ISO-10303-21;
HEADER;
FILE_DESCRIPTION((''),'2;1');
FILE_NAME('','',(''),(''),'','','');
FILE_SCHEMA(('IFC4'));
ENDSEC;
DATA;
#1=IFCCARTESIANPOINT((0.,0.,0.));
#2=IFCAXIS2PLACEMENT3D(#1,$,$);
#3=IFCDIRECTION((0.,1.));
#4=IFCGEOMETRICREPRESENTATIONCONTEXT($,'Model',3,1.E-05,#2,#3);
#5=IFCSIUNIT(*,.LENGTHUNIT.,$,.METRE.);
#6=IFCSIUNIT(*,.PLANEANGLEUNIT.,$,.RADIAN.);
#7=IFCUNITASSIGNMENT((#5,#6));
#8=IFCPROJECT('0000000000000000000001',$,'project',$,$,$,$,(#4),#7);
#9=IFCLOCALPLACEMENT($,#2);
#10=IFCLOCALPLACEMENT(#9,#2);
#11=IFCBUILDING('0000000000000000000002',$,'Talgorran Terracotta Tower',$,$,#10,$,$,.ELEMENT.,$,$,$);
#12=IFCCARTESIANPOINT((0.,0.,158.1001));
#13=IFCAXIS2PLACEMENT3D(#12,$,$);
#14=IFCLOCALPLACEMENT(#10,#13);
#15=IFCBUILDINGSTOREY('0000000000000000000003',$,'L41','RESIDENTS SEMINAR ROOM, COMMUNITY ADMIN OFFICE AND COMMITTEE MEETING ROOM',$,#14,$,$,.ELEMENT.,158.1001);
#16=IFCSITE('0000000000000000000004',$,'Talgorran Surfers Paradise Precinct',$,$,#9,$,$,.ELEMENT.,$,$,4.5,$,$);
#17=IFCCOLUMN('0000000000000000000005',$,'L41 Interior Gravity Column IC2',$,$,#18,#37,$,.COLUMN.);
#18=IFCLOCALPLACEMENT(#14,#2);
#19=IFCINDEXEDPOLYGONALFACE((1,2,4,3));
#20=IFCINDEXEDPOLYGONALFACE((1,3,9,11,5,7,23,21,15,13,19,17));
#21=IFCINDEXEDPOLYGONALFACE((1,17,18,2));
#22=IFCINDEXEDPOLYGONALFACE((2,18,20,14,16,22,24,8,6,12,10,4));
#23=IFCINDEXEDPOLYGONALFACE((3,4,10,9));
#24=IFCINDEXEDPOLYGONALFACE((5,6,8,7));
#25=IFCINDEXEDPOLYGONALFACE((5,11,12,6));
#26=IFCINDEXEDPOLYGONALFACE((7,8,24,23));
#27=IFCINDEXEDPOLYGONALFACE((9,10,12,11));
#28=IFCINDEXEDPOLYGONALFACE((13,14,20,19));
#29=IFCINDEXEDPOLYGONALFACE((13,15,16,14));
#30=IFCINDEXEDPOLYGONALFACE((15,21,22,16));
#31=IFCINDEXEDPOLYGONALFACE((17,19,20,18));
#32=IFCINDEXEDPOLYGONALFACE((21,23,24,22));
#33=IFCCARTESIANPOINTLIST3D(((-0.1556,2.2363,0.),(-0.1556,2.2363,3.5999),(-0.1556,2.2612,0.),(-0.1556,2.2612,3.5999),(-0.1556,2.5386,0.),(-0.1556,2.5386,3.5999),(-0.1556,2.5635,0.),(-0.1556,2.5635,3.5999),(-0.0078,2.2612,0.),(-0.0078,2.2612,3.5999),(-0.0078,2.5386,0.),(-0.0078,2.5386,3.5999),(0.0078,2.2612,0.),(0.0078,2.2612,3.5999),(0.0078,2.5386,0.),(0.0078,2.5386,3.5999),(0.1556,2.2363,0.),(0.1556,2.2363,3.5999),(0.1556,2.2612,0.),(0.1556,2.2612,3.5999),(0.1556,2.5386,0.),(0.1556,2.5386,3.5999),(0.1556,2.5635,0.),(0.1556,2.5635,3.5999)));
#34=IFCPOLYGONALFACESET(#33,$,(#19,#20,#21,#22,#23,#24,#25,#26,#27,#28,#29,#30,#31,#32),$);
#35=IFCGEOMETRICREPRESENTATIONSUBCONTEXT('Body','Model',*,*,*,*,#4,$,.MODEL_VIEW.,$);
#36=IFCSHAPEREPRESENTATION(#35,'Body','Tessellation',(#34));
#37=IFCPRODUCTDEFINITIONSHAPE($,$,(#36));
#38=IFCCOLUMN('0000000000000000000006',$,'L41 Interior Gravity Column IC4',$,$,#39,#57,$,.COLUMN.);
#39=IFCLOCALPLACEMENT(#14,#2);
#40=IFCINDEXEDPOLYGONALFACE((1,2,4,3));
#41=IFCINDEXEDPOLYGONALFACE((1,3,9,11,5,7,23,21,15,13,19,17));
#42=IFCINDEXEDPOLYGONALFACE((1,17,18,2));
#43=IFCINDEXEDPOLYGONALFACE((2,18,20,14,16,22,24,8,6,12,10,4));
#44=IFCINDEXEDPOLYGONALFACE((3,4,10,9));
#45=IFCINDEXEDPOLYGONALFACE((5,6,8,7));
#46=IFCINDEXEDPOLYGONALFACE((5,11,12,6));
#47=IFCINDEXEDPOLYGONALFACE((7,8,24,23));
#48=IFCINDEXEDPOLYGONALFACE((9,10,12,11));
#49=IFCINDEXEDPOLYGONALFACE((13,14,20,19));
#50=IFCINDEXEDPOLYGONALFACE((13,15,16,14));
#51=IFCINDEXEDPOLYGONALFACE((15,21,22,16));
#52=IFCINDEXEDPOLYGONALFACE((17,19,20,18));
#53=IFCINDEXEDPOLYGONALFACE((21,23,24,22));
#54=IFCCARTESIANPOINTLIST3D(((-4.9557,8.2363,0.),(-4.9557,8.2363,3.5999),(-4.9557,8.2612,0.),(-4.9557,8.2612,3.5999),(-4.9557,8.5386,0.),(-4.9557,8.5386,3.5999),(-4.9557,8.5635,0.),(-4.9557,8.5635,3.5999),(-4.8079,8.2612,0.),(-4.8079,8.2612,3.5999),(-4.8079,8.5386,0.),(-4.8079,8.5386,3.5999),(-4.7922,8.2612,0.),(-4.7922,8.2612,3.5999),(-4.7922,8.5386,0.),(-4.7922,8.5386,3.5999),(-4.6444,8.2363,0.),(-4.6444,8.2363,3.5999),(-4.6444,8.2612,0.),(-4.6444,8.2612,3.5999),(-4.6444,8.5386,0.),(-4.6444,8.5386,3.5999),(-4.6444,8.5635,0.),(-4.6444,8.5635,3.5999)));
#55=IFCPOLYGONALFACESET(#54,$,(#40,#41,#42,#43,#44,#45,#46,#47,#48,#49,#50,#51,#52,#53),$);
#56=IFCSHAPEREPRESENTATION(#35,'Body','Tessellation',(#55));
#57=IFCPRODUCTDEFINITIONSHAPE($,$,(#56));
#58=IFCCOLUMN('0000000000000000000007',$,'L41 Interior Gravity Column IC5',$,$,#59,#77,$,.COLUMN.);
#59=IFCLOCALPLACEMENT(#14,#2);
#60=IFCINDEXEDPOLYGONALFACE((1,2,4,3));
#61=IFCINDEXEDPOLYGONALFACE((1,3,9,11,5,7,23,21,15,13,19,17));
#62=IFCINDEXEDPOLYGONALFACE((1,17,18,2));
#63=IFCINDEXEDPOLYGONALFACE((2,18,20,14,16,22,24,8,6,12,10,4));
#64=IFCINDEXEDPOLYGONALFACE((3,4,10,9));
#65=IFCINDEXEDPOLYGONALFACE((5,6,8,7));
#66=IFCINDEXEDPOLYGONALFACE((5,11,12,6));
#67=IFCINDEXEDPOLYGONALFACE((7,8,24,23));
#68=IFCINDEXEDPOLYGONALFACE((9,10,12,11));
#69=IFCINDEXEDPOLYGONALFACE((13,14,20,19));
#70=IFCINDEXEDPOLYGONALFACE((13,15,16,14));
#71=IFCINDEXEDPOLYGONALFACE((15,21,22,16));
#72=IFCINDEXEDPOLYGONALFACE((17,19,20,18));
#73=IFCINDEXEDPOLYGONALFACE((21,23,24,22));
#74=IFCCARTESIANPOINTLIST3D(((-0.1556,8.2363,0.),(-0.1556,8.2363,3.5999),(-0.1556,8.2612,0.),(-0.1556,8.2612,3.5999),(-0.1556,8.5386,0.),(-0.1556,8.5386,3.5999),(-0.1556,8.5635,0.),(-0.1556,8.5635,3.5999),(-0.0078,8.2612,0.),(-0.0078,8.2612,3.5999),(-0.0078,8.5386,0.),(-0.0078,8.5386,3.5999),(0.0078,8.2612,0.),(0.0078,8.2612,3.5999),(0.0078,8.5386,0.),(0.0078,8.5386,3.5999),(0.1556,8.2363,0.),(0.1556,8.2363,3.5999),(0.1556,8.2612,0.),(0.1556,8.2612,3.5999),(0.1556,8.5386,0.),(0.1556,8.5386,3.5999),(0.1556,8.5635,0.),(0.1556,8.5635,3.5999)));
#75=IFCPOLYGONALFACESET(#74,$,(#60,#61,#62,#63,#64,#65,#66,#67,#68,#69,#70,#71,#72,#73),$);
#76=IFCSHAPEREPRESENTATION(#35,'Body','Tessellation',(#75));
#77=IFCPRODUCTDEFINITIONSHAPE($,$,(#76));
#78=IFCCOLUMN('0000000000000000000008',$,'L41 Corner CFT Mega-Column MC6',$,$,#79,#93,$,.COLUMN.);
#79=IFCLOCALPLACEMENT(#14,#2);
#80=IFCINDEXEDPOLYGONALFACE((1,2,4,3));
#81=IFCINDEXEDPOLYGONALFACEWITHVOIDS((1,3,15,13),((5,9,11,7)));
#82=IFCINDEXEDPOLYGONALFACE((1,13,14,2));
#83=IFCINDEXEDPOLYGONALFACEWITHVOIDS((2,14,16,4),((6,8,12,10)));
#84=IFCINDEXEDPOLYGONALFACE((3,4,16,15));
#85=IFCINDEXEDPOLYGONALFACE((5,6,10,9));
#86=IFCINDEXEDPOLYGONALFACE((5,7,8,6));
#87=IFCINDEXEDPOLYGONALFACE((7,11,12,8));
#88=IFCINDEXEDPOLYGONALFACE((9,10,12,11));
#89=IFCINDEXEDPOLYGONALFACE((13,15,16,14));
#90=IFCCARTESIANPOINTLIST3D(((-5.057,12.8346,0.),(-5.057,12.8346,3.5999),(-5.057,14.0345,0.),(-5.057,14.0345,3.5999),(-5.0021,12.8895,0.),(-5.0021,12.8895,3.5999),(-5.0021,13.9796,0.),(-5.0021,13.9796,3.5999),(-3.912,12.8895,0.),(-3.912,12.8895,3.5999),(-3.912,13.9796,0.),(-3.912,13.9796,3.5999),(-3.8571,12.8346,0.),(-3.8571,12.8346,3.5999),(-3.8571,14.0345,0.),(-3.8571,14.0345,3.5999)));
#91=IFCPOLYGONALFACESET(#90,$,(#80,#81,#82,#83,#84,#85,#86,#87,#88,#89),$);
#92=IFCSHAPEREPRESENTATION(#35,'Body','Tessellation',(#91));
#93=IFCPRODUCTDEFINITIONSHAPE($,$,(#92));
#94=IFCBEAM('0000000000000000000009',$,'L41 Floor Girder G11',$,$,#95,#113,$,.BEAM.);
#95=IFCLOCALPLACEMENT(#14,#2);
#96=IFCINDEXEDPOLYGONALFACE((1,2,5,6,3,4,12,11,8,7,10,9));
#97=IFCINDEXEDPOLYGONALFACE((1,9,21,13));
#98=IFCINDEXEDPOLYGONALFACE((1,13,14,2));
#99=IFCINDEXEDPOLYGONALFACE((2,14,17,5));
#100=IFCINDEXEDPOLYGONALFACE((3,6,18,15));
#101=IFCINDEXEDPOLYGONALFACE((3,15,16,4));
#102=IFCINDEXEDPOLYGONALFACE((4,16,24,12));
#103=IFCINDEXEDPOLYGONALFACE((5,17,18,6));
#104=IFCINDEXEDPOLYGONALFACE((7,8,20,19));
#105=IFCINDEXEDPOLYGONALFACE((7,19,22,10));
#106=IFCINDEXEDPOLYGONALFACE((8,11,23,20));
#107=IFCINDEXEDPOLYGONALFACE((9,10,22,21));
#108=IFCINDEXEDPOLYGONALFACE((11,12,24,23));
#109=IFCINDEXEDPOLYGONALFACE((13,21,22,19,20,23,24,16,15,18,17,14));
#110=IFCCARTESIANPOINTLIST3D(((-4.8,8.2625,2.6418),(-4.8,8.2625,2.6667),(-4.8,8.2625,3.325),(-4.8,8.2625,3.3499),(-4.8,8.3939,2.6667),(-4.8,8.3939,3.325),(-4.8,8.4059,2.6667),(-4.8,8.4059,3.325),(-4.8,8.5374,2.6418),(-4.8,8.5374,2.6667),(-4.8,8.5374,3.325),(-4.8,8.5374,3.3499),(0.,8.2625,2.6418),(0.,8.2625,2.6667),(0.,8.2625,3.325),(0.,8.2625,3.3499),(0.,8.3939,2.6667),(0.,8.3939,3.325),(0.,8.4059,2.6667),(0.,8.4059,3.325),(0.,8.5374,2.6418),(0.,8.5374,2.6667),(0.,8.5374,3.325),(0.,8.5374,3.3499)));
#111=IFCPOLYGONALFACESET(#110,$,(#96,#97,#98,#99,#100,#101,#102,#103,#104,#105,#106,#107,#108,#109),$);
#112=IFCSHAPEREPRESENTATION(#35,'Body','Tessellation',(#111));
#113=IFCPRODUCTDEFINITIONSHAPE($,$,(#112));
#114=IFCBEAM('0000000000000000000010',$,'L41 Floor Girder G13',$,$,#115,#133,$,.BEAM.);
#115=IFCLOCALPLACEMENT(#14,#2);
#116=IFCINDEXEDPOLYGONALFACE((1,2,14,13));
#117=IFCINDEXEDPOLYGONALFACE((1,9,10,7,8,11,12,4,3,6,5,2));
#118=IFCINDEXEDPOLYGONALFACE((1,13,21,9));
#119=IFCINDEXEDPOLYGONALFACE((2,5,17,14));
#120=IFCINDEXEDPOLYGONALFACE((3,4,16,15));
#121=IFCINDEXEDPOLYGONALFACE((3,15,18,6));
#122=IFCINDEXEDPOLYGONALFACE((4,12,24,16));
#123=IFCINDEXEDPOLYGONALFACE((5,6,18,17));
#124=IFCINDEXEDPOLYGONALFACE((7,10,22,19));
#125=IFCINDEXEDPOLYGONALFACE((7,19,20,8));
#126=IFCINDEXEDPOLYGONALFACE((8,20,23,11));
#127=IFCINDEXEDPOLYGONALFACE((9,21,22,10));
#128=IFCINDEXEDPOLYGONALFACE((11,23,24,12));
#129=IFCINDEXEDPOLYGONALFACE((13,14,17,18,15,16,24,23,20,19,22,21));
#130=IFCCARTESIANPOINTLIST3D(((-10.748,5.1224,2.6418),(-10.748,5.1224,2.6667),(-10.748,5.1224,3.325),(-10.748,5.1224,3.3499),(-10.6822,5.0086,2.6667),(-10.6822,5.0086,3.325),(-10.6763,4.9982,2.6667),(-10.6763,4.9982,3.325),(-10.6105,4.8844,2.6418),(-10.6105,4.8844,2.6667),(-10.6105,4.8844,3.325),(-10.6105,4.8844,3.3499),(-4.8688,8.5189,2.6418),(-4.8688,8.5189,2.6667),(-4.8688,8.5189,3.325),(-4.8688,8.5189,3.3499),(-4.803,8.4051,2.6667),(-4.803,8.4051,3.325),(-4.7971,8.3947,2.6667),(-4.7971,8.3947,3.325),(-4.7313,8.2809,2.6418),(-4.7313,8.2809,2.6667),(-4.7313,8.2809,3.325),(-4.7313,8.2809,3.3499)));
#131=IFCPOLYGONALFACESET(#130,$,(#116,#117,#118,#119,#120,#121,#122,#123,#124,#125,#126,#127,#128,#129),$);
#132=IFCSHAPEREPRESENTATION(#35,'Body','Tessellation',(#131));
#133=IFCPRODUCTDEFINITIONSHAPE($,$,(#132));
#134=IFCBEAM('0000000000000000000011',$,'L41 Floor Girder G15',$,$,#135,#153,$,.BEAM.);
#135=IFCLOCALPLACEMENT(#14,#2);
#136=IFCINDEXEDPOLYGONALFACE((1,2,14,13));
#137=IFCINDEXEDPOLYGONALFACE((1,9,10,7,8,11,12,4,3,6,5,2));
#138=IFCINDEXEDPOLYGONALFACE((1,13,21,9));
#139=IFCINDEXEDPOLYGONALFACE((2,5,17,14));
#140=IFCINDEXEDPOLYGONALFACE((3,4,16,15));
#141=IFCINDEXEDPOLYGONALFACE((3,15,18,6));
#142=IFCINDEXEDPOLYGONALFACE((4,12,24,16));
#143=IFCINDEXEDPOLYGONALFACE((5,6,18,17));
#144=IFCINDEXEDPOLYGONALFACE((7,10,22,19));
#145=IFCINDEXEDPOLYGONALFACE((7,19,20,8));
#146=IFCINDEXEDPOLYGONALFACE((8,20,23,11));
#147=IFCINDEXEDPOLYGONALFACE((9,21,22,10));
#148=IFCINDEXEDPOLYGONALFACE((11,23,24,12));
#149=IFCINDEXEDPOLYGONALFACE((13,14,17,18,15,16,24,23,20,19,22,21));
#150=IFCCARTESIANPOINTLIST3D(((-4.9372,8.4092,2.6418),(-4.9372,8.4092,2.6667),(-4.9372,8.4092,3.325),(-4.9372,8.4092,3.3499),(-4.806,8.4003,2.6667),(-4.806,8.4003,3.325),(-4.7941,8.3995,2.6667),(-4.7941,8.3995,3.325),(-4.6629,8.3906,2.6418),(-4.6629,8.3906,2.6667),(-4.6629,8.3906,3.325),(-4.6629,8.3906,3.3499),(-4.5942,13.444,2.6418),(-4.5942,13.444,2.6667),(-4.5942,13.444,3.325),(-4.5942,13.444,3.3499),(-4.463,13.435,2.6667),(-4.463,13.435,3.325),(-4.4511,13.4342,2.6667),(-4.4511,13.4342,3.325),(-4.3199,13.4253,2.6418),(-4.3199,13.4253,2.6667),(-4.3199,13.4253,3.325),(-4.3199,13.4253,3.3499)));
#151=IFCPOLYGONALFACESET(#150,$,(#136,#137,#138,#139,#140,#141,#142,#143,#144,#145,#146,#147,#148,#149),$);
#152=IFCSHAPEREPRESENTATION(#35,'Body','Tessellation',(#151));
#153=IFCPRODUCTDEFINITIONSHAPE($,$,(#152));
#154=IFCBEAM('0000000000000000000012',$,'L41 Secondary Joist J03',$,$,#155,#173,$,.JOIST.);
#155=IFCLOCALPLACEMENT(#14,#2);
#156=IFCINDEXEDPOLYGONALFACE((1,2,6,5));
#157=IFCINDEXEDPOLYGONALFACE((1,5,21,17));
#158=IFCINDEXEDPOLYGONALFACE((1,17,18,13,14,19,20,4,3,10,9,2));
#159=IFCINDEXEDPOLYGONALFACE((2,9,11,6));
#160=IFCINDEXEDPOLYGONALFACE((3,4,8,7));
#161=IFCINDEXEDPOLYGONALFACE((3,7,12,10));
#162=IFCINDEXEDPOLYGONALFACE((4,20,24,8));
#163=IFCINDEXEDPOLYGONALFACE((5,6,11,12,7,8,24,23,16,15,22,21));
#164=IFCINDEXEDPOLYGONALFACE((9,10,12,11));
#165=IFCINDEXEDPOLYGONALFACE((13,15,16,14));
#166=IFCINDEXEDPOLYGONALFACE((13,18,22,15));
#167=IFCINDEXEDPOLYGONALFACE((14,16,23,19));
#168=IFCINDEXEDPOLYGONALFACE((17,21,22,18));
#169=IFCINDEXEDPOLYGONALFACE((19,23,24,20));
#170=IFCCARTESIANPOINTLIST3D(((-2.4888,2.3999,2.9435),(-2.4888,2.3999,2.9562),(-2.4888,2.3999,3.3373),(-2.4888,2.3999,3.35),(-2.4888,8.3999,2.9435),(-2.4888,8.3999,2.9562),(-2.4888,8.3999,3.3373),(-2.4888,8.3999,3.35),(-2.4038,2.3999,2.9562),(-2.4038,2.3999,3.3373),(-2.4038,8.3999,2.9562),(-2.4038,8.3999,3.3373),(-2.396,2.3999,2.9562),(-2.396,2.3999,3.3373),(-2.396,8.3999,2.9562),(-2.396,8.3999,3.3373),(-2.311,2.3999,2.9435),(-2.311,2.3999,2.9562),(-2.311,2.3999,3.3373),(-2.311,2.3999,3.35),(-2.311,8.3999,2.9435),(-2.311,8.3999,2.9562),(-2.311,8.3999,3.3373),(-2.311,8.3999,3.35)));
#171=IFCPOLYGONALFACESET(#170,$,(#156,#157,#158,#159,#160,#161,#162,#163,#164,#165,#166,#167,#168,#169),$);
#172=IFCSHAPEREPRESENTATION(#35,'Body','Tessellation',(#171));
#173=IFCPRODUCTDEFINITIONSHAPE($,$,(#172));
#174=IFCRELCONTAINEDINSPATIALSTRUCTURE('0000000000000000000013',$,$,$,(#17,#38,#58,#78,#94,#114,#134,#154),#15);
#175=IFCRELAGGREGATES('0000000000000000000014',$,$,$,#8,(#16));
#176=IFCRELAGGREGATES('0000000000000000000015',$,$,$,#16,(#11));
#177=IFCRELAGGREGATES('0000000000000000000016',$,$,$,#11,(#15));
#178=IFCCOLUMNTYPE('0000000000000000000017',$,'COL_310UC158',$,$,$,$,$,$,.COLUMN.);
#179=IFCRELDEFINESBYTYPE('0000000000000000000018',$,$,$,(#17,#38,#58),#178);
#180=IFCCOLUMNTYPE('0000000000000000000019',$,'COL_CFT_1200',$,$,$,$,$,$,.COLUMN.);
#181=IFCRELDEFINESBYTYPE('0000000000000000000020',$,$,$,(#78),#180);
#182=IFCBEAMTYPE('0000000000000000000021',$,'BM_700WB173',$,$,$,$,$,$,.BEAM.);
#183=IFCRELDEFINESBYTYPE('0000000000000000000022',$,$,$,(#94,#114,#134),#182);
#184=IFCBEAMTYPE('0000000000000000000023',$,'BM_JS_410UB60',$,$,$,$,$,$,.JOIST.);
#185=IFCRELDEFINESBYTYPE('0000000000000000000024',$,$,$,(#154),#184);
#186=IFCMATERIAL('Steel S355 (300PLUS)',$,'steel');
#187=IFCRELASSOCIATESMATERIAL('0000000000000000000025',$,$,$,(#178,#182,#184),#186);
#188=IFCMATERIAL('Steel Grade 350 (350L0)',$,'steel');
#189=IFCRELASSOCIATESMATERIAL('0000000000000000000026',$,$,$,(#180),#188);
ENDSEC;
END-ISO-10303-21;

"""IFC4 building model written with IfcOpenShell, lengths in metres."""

from ifc_helpers import new_model, si_unit, direction, frame, origin, origin_2d, place, context, subcontext, project, spatial, hollow_rectangle, i_section, extrude, material, material_profile, profile_set, type_object, element, save


model = new_model("IFC4")

# Units and contexts
model_context = context("Model", 3, precision=1e-05, world=origin(), true_north=direction((0.0, 1.0)))
body_context = subcontext(model_context, "Body", "Model", "MODEL_VIEW")
ifc_project = project(units=[si_unit("LENGTHUNIT", "METRE"), si_unit("PLANEANGLEUNIT", "RADIAN")], contexts=[model_context])

# Site, building, storey
site_placement = place(None, origin())
site = spatial("IfcSite", under=ifc_project, at=site_placement, Name="Talgorran Surfers Paradise Precinct", CompositionType="ELEMENT", RefElevation=4.5)
building_placement = place(site_placement, origin())
building = spatial("IfcBuilding", under=site, at=building_placement, Name="Talgorran Terracotta Tower", CompositionType="ELEMENT")
storey_placement = place(building_placement, frame((0.0, 0.0, 158.1001)))
storey = spatial("IfcBuildingStorey", under=building, at=storey_placement, Name="L41", Description="RESIDENTS SEMINAR ROOM, COMMUNITY ADMIN OFFICE AND COMMITTEE MEETING ROOM", CompositionType="ELEMENT", Elevation=158.1001)

# Columns
ifc_material_1 = material(Name="Steel S355 (300PLUS)", Category="steel")
ifc_material_profile_1 = material_profile(ifc_material_1, i_section(OverallWidth=0.3113, OverallDepth=0.3271, WebThickness=0.0156, FlangeThickness=0.0249, at=origin_2d()), Name="310UC158")
ifc_profile_set_1 = profile_set([ifc_material_profile_1], Name="Steel S355 (300PLUS)")
column_type_1 = type_object("IfcColumnType", Name="COL_310UC158", PredefinedType="COLUMN", material=ifc_profile_set_1)
for number, where, z_axis, x_axis, name in (
    (1, (0.0, 2.3999, 0.0), (0.0, 0.0, 1.0), (1.0, 0.0, 0.0), "L41 Interior Gravity Column IC2"),
    (2, (-4.8, 8.3999, 0.0), (0.0, 0.0, 1.0), (1.0, 0.0, 0.0), "L41 Interior Gravity Column IC4"),
    (3, (0.0, 8.3999, 0.0), (0.0, 0.0, 1.0), (1.0, 0.0, 0.0), "L41 Interior Gravity Column IC5"),
):
    element("IfcColumn", number, at=place(storey_placement, frame(where, z_axis=z_axis, x_axis=x_axis)), inside=storey, type_object=column_type_1, Name=name, PredefinedType="COLUMN", context=body_context, shape_type="SweptSolid", body=[
        extrude(i_section(OverallWidth=0.3113, OverallDepth=0.3271, WebThickness=0.0156, FlangeThickness=0.0249, at=origin_2d()), origin(), (0.0, 0.0, 1.0), 3.5999),
    ])
ifc_material_2 = material(Name="Steel Grade 350 (350L0)", Category="steel")
ifc_material_profile_2 = material_profile(ifc_material_2, hollow_rectangle(XDim=1.2, YDim=1.2, WallThickness=0.0549, at=origin_2d()), Name="CFT1200X1200X55")
ifc_profile_set_2 = profile_set([ifc_material_profile_2], Name="Steel Grade 350 (350L0)")
column_type_2 = type_object("IfcColumnType", Name="COL_CFT_1200", PredefinedType="COLUMN", material=ifc_profile_set_2)
column_placement = place(storey_placement, frame((-4.457, 13.4346, 0.0), z_axis=(0.0, 0.0, 1.0), x_axis=(1.0, 0.0, 0.0)))
element("IfcColumn", 4, at=column_placement, inside=storey, type_object=column_type_2, Name="L41 Corner CFT Mega-Column MC6", PredefinedType="COLUMN", context=body_context, shape_type="SweptSolid", body=[
    extrude(hollow_rectangle(XDim=1.2, YDim=1.2, WallThickness=0.0549, at=origin_2d()), origin(), (0.0, 0.0, 1.0), 3.5999),
])

# Beams
ifc_material_profile_3 = material_profile(ifc_material_1, i_section(OverallWidth=0.2749, OverallDepth=0.708, WebThickness=0.012, FlangeThickness=0.0249, at=origin_2d()), Name="700WB173")
ifc_profile_set_3 = profile_set([ifc_material_profile_3], Name="Steel S355 (300PLUS)")
beam_type_1 = type_object("IfcBeamType", Name="BM_700WB173", PredefinedType="BEAM", material=ifc_profile_set_3)
beam_1_placement = place(storey_placement, frame((-4.8, 8.3999, 2.9958), z_axis=(1.0, 0.0, 0.0), x_axis=(0.0, 1.0, 0.0)))
element("IfcBeam", 5, at=beam_1_placement, inside=storey, type_object=beam_type_1, Name="L41 Floor Girder G11", PredefinedType="BEAM", context=body_context, shape_type="SweptSolid", body=[
    extrude(i_section(OverallWidth=0.2749, OverallDepth=0.708, WebThickness=0.012, FlangeThickness=0.0249, at=origin_2d()), origin(), (0.0, 0.0, 1.0), 4.8),
])
beam_2_placement = place(storey_placement, frame((-4.8, 8.3999, 2.9958), z_axis=(-0.865888, -0.500238, 0.0), x_axis=(0.500238, -0.865888, 0.0)))
element("IfcBeam", 6, at=beam_2_placement, inside=storey, type_object=beam_type_1, Name="L41 Floor Girder G13", PredefinedType="BEAM", context=body_context, shape_type="SweptSolid", body=[
    extrude(i_section(OverallWidth=0.2749, OverallDepth=0.708, WebThickness=0.012, FlangeThickness=0.0249, at=origin_2d()), origin(), (0.0, 0.0, 1.0), 6.7898),
])
beam_3_placement = place(storey_placement, frame((-4.8, 8.3999, 2.9958), z_axis=(0.067974, 0.997687, 0.0), x_axis=(-0.997687, 0.067974, 0.0)))
element("IfcBeam", 7, at=beam_3_placement, inside=storey, type_object=beam_type_1, Name="L41 Floor Girder G15", PredefinedType="BEAM", context=body_context, shape_type="SweptSolid", body=[
    extrude(i_section(OverallWidth=0.2749, OverallDepth=0.708, WebThickness=0.012, FlangeThickness=0.0249, at=origin_2d()), origin(), (0.0, 0.0, 1.0), 5.0464),
])
ifc_material_profile_4 = material_profile(ifc_material_1, i_section(OverallWidth=0.1777, OverallDepth=0.4065, WebThickness=0.0078, FlangeThickness=0.0127, at=origin_2d()), Name="410UB59.7")
ifc_profile_set_4 = profile_set([ifc_material_profile_4], Name="Steel S355 (300PLUS)")
beam_type_2 = type_object("IfcBeamType", Name="BM_JS_410UB60", PredefinedType="JOIST", material=ifc_profile_set_4)
beam_4_placement = place(storey_placement, frame((-2.3999, 2.3999, 3.1467), z_axis=(0.0, 1.0, 0.0), x_axis=(-1.0, 0.0, 0.0)))
element("IfcBeam", 8, at=beam_4_placement, inside=storey, type_object=beam_type_2, Name="L41 Secondary Joist J03", PredefinedType="JOIST", context=body_context, shape_type="SweptSolid", body=[
    extrude(i_section(OverallWidth=0.1777, OverallDepth=0.4065, WebThickness=0.0078, FlangeThickness=0.0127, at=origin_2d()), origin(), (0.0, 0.0, 1.0), 6.0),
])

save(model, "model.ifc")
